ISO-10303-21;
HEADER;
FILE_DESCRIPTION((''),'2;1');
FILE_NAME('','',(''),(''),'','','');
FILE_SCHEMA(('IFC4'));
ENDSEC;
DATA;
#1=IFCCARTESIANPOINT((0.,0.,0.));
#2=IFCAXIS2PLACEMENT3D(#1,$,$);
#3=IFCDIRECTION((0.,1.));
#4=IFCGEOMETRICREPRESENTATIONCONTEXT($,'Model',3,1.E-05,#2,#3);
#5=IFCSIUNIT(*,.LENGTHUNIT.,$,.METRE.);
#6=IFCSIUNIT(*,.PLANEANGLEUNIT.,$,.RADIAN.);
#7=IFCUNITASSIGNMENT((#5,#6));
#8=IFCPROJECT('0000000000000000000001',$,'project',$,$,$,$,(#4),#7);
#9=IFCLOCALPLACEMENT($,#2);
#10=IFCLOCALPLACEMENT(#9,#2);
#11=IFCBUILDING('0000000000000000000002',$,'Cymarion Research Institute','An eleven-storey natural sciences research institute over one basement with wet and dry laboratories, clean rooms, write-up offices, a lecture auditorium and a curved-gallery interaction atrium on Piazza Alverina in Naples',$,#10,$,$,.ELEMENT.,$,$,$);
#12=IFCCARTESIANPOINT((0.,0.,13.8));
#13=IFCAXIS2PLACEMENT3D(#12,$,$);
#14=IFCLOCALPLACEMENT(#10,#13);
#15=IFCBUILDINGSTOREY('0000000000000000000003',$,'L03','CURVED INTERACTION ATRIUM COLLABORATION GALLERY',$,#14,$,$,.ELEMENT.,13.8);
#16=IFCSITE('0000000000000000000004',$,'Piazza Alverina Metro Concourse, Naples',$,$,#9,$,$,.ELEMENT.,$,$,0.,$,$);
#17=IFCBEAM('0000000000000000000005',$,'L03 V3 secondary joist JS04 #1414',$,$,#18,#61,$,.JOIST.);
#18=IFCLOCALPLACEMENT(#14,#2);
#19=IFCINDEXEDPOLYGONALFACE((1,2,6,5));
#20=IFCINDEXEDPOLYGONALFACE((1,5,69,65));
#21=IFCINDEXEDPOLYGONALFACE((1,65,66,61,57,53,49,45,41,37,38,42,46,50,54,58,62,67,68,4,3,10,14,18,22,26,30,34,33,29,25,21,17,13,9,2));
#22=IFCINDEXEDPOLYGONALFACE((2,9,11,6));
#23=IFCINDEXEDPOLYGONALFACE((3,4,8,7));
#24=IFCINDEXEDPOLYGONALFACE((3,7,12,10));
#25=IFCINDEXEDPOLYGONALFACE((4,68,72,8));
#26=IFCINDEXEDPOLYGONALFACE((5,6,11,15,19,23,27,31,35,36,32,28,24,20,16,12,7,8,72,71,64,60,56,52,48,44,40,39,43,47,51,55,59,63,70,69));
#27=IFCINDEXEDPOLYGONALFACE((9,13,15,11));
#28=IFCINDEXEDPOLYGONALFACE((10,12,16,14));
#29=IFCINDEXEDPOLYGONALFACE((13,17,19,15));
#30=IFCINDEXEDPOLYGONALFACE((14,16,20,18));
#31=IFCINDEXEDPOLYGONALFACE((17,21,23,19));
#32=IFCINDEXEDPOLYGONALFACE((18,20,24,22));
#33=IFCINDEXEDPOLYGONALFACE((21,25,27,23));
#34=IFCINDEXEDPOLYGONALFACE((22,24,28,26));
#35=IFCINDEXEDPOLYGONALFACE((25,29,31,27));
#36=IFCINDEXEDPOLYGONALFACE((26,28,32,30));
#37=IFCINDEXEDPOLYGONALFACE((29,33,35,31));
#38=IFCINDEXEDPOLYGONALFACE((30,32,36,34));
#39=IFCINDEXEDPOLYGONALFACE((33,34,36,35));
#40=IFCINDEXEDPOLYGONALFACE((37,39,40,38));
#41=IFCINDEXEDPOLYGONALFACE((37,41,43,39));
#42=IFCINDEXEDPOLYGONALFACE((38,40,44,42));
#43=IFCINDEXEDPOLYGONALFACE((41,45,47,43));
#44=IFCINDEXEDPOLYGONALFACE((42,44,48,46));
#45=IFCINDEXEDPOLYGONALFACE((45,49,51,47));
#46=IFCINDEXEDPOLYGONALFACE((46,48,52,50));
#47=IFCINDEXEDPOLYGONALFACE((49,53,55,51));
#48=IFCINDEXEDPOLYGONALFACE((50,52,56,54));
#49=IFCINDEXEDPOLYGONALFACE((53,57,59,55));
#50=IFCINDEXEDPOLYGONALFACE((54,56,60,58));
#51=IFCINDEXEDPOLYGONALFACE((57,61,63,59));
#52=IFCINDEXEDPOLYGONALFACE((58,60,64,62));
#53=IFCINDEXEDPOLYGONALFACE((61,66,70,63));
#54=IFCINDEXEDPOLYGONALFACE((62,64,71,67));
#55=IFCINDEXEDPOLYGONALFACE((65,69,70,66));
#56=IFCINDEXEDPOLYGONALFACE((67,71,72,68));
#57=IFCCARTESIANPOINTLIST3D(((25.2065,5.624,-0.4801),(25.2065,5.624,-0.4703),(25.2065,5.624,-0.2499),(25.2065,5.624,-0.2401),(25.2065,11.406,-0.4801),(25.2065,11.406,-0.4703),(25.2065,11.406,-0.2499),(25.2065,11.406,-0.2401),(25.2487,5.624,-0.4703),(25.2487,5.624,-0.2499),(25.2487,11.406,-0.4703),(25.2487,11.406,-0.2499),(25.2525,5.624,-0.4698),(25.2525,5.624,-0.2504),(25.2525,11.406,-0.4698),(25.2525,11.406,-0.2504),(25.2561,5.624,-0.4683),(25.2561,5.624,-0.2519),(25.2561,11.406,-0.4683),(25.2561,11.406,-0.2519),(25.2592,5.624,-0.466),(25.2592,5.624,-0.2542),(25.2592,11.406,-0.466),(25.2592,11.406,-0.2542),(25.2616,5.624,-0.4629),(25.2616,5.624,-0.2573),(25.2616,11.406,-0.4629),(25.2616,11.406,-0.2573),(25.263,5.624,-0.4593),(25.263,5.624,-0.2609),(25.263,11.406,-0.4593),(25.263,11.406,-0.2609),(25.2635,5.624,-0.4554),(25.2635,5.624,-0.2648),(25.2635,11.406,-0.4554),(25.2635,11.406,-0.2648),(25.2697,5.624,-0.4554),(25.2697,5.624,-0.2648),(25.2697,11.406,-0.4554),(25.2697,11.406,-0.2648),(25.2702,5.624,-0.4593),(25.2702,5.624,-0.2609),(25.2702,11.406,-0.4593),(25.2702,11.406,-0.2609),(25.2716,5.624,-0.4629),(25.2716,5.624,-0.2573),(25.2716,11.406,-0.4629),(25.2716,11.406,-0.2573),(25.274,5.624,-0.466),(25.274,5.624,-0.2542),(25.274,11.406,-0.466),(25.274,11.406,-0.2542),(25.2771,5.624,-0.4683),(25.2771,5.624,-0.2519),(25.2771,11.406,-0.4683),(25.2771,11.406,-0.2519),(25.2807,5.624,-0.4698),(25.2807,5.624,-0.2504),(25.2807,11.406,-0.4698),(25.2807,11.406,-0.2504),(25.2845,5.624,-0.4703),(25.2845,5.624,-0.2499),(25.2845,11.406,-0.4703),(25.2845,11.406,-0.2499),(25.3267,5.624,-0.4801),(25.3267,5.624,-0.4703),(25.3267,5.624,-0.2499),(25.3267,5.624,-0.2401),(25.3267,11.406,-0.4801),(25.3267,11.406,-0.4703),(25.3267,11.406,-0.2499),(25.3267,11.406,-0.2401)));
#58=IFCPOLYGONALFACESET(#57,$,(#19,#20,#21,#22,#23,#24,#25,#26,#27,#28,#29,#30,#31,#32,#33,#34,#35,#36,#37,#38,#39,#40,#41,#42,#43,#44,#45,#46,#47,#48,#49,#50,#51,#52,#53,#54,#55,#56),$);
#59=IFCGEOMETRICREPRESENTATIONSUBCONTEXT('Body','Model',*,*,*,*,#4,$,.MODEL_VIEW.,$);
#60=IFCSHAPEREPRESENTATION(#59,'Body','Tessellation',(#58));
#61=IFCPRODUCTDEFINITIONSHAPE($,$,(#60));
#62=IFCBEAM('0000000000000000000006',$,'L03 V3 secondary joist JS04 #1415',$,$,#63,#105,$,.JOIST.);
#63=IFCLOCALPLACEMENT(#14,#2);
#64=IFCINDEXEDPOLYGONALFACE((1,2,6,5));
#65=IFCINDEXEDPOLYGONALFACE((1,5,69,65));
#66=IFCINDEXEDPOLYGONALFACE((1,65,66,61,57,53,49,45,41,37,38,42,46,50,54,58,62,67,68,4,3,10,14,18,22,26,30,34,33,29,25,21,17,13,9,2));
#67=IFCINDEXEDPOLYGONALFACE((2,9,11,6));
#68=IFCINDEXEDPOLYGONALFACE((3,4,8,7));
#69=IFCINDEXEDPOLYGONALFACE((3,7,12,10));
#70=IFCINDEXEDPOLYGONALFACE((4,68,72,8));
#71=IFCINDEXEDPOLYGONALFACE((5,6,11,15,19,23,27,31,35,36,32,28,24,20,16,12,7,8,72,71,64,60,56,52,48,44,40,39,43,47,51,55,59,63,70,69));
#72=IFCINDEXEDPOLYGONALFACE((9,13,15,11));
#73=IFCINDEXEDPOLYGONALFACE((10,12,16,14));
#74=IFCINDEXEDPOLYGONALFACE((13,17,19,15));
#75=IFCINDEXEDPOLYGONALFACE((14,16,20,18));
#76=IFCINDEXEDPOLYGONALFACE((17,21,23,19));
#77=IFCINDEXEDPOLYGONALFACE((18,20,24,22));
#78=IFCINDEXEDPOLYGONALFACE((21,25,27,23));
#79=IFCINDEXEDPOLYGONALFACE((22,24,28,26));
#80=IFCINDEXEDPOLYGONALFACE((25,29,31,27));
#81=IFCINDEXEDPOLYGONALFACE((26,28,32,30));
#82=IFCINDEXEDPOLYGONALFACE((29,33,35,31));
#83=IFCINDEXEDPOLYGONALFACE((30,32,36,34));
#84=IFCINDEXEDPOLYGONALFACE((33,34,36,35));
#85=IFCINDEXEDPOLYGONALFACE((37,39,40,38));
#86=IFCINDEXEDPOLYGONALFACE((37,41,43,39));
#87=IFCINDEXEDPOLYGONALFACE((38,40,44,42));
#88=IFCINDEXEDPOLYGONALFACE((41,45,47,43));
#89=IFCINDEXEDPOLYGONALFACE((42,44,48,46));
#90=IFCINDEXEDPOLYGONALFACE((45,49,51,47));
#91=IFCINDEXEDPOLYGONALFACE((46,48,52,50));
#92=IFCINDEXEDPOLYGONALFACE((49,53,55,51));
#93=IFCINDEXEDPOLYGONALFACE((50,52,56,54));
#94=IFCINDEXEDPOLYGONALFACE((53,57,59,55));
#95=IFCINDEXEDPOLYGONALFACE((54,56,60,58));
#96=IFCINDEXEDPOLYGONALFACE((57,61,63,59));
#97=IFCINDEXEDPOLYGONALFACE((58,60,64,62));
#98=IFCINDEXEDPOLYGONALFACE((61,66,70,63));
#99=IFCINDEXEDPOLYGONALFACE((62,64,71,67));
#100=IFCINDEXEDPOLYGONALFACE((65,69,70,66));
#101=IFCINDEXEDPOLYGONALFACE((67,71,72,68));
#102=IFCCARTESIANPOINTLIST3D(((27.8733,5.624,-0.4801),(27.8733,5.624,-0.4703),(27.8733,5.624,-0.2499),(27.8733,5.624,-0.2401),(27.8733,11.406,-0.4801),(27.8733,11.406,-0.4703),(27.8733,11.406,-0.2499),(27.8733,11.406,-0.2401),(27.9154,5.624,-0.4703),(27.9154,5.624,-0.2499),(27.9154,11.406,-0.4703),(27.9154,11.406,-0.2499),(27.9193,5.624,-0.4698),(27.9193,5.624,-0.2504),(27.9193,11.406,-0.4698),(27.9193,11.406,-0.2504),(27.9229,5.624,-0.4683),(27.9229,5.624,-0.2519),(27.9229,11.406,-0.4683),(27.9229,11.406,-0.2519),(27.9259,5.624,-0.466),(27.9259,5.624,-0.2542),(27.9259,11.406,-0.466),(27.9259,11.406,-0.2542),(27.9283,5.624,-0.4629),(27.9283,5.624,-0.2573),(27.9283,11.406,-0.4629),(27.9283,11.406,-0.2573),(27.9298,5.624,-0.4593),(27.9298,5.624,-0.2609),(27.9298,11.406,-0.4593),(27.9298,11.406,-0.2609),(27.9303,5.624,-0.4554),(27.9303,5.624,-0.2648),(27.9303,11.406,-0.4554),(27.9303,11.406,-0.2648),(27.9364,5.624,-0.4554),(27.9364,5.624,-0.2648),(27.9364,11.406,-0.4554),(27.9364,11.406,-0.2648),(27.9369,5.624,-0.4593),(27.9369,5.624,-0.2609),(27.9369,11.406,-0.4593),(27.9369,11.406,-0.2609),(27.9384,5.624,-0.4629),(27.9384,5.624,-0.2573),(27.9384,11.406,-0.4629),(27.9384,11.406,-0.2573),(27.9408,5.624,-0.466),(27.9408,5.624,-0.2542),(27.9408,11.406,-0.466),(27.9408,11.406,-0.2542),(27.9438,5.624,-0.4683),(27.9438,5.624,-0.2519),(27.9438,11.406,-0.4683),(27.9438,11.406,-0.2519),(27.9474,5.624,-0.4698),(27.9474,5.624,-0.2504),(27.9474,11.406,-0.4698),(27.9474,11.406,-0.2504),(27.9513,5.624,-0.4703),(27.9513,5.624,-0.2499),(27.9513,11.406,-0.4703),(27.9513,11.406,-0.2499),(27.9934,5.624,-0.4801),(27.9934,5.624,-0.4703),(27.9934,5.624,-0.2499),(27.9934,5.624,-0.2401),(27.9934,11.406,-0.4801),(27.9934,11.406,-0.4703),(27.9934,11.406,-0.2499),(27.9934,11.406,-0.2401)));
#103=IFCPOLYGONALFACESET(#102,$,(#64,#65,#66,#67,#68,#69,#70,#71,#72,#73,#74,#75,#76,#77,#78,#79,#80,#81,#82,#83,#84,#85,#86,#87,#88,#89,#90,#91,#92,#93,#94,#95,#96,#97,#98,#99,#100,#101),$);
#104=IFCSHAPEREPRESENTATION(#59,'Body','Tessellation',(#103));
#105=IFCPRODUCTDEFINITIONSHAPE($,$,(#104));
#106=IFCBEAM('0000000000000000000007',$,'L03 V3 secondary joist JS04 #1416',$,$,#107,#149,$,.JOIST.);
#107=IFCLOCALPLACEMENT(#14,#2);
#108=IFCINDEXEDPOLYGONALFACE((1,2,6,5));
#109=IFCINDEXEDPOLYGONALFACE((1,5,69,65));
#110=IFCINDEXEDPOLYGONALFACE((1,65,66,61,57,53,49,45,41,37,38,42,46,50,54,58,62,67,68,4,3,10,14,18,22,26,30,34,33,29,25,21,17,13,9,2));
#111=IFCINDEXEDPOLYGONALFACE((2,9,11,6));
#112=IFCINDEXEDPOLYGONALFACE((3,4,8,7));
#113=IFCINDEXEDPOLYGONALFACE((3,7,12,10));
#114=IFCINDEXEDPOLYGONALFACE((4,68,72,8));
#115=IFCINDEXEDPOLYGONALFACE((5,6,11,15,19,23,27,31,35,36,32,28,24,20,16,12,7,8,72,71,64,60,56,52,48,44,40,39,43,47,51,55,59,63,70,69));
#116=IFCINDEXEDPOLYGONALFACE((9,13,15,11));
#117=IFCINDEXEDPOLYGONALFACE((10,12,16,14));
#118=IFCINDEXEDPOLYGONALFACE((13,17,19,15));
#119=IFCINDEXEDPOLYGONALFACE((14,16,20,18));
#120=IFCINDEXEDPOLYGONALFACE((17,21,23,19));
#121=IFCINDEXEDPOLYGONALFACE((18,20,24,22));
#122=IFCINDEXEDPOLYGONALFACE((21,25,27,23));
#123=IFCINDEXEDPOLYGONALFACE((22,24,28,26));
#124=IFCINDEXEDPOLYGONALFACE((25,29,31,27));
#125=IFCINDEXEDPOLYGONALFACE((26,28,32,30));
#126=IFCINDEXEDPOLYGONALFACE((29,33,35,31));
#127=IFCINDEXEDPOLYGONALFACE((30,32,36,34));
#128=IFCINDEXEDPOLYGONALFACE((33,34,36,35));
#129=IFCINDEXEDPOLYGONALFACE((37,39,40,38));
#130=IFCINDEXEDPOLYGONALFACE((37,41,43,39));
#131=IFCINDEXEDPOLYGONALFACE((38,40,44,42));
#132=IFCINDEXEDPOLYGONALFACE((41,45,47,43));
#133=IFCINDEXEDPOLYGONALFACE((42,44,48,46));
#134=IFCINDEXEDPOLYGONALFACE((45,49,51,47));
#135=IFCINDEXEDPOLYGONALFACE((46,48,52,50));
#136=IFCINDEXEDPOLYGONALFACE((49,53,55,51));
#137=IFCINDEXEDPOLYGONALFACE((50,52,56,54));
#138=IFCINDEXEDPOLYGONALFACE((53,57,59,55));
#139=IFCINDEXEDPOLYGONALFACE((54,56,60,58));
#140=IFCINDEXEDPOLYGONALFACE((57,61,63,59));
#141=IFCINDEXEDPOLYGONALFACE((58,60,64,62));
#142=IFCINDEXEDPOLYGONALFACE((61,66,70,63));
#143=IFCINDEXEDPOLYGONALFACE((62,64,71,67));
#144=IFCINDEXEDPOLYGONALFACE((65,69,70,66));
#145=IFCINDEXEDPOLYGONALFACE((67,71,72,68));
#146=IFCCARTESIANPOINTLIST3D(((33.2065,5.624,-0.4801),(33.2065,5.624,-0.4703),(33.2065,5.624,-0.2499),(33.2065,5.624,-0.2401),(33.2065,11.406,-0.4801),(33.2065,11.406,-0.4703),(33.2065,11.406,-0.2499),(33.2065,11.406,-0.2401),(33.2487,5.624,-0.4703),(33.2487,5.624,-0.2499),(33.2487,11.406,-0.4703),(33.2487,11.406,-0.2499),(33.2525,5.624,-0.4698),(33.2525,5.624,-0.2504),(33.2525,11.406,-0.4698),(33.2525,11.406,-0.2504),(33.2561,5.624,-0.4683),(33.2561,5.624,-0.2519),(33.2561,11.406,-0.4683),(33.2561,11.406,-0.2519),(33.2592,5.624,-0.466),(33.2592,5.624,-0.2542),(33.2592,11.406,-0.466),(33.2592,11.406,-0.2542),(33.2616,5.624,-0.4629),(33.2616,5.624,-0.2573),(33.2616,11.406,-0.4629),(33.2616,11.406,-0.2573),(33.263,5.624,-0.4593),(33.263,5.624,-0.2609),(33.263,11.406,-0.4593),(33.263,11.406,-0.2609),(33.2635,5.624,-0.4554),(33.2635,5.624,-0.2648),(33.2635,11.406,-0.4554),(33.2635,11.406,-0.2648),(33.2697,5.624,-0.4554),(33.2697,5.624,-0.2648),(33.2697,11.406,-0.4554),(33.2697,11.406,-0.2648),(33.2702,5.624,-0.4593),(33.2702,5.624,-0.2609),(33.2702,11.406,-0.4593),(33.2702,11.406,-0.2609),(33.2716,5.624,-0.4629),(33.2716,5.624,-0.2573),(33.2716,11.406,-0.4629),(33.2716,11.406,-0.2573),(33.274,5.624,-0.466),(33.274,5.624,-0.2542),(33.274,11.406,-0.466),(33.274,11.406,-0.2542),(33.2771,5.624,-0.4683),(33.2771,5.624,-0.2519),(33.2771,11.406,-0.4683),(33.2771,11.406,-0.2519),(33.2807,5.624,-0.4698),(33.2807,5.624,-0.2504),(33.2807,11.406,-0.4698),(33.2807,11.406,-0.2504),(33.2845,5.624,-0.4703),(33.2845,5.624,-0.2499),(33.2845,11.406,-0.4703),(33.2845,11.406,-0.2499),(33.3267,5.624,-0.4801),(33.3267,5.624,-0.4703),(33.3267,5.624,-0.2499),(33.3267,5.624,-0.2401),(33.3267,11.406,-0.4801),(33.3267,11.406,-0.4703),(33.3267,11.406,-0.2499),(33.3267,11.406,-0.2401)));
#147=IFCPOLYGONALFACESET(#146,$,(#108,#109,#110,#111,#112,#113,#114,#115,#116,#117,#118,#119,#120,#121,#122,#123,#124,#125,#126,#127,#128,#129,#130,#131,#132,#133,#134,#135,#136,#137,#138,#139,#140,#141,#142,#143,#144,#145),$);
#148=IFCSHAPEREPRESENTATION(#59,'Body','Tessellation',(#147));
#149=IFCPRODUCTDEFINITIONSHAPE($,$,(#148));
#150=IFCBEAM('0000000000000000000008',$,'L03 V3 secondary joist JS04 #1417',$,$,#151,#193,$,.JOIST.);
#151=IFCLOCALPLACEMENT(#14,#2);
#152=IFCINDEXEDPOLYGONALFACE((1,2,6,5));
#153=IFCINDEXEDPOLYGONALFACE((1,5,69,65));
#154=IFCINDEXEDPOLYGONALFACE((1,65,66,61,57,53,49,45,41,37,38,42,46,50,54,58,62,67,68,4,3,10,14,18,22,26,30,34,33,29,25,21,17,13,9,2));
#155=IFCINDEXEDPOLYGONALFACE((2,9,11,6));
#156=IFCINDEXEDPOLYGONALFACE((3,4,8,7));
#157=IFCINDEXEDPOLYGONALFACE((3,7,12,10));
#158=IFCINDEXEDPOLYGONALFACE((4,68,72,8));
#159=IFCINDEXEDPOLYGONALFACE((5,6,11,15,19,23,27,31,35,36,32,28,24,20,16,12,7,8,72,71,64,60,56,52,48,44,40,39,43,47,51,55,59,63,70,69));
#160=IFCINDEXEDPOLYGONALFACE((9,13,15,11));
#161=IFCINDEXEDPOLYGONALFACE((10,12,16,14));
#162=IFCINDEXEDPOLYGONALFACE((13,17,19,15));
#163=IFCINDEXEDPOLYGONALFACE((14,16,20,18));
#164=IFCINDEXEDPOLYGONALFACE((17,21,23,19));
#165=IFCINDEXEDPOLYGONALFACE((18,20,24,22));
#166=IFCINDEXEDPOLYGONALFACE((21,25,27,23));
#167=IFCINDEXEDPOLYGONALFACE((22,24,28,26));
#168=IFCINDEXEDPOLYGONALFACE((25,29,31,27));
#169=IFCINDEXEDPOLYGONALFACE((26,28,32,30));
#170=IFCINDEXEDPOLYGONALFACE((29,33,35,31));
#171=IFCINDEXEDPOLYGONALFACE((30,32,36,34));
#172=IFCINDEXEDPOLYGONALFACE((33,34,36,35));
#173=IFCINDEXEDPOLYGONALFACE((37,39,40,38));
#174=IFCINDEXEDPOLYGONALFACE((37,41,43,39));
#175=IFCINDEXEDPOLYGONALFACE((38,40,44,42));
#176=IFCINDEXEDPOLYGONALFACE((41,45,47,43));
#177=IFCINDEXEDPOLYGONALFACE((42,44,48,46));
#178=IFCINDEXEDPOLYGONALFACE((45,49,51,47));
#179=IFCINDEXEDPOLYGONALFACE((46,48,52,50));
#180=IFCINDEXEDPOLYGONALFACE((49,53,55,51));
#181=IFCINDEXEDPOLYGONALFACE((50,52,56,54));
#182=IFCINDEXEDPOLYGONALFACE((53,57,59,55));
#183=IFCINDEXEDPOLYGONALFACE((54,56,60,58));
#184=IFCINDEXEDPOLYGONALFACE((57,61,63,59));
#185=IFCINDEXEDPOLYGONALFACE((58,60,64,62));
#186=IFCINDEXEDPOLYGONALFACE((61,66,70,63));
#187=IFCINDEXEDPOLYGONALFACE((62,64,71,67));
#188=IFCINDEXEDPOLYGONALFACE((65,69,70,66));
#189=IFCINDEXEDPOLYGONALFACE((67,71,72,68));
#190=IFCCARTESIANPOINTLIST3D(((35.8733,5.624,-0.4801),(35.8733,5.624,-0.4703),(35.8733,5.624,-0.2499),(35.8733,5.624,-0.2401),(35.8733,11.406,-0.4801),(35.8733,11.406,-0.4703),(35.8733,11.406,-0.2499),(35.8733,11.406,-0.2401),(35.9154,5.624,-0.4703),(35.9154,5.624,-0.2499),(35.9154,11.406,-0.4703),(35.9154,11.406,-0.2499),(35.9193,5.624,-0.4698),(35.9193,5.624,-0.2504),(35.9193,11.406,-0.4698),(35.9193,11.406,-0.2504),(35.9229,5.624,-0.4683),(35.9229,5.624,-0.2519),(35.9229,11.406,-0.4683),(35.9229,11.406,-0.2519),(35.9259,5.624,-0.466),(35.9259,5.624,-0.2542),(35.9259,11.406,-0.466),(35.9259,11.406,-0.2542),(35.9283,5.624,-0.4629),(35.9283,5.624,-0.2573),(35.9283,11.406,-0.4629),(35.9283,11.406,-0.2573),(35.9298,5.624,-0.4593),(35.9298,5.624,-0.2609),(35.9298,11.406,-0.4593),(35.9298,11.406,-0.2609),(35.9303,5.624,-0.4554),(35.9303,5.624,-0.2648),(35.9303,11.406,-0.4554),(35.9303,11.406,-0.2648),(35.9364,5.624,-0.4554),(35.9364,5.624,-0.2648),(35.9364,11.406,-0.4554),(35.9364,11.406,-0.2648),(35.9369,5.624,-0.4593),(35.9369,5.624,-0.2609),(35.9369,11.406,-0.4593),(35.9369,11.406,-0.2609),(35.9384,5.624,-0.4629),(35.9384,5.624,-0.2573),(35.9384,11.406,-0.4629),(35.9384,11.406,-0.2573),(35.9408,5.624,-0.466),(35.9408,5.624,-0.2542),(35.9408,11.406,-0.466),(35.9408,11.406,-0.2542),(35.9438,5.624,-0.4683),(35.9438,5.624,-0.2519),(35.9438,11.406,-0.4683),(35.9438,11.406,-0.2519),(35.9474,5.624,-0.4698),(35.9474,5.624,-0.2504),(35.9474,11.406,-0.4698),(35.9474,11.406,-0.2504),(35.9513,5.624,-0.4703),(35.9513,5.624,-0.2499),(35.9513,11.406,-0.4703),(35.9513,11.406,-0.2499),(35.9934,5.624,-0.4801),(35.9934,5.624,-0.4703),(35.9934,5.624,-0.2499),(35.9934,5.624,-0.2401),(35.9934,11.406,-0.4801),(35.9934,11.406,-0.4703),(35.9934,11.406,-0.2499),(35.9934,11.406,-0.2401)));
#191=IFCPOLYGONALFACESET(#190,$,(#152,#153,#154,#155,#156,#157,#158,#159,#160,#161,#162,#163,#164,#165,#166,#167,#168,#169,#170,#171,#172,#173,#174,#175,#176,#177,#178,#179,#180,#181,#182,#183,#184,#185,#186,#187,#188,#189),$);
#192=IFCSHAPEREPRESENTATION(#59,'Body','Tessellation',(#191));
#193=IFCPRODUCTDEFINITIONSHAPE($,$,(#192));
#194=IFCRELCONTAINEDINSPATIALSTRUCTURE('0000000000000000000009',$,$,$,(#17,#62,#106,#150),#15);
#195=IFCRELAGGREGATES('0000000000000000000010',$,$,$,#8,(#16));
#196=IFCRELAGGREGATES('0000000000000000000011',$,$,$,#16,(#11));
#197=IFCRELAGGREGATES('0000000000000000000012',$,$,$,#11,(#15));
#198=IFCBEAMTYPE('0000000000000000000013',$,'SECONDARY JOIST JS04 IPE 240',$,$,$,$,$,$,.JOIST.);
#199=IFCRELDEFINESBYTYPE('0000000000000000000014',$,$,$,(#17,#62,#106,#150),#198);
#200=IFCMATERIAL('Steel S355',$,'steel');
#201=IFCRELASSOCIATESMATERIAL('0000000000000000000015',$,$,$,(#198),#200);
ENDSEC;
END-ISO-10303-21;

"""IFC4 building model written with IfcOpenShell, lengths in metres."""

from ifc_helpers import new_model, si_unit, direction, frame, origin, origin_2d, place, context, subcontext, project, spatial, i_section, extrude, material, material_profile, profile_set, type_object, element, save


model = new_model("IFC4")

# Units and contexts
model_context = context("Model", 3, precision=1e-05, world=origin(), true_north=direction((0.0, 1.0)))
body_context = subcontext(model_context, "Body", "Model", "MODEL_VIEW")
ifc_project = project(units=[si_unit("LENGTHUNIT", "METRE"), si_unit("PLANEANGLEUNIT", "RADIAN")], contexts=[model_context])

# Site, building, storey
site_placement = place(None, origin())
site = spatial("IfcSite", under=ifc_project, at=site_placement, Name="Piazza Alverina Metro Concourse, Naples", CompositionType="ELEMENT", RefElevation=0.0)
building_placement = place(site_placement, origin())
building = spatial("IfcBuilding", under=site, at=building_placement, Name="Cymarion Research Institute", Description="An eleven-storey natural sciences research institute over one basement with wet and dry laboratories, clean rooms, write-up offices, a lecture auditorium and a curved-gallery interaction atrium on Piazza Alverina in Naples", CompositionType="ELEMENT")
storey_placement = place(building_placement, frame((0.0, 0.0, 13.8)))
storey = spatial("IfcBuildingStorey", under=building, at=storey_placement, Name="L03", Description="CURVED INTERACTION ATRIUM COLLABORATION GALLERY", CompositionType="ELEMENT", Elevation=13.8)

# Beams
ifc_material = material(Name="Steel S355", Category="steel")
ifc_material_profile_1 = material_profile(ifc_material, i_section(OverallWidth=0.1201, OverallDepth=0.24, WebThickness=0.0061, FlangeThickness=0.0098, FilletRadius=0.0149, at=origin_2d()), Name="IPE 240")
ifc_profile_set_1 = profile_set([ifc_material_profile_1], Name="Steel S355")
beam_type_1 = type_object("IfcBeamType", Name="SECONDARY JOIST JS04 IPE 240", PredefinedType="JOIST", material=ifc_profile_set_1)
for number, where, z_axis, x_axis, name in (
    (1, (25.2666, 5.624, -0.3601), (0.0, 1.0, 0.0), (-1.0, 0.0, 0.0), "L03 V3 secondary joist JS04 #1414"),
    (2, (27.9333, 5.624, -0.3601), (0.0, 1.0, 0.0), (-1.0, 0.0, 0.0), "L03 V3 secondary joist JS04 #1415"),
    (3, (33.2666, 5.624, -0.3601), (0.0, 1.0, 0.0), (-1.0, 0.0, 0.0), "L03 V3 secondary joist JS04 #1416"),
    (4, (35.9333, 5.624, -0.3601), (0.0, 1.0, 0.0), (-1.0, 0.0, 0.0), "L03 V3 secondary joist JS04 #1417"),
):
    element("IfcBeam", number, at=place(storey_placement, frame(where, z_axis=z_axis, x_axis=x_axis)), inside=storey, type_object=beam_type_1, Name=name, PredefinedType="JOIST", context=body_context, shape_type="SweptSolid", body=[
        extrude(i_section(OverallWidth=0.1201, OverallDepth=0.24, WebThickness=0.0061, FlangeThickness=0.0098, FilletRadius=0.0149, at=origin_2d()), origin(), (0.0, 0.0, 1.0), 5.782),
    ])

save(model, "model.ifc")
